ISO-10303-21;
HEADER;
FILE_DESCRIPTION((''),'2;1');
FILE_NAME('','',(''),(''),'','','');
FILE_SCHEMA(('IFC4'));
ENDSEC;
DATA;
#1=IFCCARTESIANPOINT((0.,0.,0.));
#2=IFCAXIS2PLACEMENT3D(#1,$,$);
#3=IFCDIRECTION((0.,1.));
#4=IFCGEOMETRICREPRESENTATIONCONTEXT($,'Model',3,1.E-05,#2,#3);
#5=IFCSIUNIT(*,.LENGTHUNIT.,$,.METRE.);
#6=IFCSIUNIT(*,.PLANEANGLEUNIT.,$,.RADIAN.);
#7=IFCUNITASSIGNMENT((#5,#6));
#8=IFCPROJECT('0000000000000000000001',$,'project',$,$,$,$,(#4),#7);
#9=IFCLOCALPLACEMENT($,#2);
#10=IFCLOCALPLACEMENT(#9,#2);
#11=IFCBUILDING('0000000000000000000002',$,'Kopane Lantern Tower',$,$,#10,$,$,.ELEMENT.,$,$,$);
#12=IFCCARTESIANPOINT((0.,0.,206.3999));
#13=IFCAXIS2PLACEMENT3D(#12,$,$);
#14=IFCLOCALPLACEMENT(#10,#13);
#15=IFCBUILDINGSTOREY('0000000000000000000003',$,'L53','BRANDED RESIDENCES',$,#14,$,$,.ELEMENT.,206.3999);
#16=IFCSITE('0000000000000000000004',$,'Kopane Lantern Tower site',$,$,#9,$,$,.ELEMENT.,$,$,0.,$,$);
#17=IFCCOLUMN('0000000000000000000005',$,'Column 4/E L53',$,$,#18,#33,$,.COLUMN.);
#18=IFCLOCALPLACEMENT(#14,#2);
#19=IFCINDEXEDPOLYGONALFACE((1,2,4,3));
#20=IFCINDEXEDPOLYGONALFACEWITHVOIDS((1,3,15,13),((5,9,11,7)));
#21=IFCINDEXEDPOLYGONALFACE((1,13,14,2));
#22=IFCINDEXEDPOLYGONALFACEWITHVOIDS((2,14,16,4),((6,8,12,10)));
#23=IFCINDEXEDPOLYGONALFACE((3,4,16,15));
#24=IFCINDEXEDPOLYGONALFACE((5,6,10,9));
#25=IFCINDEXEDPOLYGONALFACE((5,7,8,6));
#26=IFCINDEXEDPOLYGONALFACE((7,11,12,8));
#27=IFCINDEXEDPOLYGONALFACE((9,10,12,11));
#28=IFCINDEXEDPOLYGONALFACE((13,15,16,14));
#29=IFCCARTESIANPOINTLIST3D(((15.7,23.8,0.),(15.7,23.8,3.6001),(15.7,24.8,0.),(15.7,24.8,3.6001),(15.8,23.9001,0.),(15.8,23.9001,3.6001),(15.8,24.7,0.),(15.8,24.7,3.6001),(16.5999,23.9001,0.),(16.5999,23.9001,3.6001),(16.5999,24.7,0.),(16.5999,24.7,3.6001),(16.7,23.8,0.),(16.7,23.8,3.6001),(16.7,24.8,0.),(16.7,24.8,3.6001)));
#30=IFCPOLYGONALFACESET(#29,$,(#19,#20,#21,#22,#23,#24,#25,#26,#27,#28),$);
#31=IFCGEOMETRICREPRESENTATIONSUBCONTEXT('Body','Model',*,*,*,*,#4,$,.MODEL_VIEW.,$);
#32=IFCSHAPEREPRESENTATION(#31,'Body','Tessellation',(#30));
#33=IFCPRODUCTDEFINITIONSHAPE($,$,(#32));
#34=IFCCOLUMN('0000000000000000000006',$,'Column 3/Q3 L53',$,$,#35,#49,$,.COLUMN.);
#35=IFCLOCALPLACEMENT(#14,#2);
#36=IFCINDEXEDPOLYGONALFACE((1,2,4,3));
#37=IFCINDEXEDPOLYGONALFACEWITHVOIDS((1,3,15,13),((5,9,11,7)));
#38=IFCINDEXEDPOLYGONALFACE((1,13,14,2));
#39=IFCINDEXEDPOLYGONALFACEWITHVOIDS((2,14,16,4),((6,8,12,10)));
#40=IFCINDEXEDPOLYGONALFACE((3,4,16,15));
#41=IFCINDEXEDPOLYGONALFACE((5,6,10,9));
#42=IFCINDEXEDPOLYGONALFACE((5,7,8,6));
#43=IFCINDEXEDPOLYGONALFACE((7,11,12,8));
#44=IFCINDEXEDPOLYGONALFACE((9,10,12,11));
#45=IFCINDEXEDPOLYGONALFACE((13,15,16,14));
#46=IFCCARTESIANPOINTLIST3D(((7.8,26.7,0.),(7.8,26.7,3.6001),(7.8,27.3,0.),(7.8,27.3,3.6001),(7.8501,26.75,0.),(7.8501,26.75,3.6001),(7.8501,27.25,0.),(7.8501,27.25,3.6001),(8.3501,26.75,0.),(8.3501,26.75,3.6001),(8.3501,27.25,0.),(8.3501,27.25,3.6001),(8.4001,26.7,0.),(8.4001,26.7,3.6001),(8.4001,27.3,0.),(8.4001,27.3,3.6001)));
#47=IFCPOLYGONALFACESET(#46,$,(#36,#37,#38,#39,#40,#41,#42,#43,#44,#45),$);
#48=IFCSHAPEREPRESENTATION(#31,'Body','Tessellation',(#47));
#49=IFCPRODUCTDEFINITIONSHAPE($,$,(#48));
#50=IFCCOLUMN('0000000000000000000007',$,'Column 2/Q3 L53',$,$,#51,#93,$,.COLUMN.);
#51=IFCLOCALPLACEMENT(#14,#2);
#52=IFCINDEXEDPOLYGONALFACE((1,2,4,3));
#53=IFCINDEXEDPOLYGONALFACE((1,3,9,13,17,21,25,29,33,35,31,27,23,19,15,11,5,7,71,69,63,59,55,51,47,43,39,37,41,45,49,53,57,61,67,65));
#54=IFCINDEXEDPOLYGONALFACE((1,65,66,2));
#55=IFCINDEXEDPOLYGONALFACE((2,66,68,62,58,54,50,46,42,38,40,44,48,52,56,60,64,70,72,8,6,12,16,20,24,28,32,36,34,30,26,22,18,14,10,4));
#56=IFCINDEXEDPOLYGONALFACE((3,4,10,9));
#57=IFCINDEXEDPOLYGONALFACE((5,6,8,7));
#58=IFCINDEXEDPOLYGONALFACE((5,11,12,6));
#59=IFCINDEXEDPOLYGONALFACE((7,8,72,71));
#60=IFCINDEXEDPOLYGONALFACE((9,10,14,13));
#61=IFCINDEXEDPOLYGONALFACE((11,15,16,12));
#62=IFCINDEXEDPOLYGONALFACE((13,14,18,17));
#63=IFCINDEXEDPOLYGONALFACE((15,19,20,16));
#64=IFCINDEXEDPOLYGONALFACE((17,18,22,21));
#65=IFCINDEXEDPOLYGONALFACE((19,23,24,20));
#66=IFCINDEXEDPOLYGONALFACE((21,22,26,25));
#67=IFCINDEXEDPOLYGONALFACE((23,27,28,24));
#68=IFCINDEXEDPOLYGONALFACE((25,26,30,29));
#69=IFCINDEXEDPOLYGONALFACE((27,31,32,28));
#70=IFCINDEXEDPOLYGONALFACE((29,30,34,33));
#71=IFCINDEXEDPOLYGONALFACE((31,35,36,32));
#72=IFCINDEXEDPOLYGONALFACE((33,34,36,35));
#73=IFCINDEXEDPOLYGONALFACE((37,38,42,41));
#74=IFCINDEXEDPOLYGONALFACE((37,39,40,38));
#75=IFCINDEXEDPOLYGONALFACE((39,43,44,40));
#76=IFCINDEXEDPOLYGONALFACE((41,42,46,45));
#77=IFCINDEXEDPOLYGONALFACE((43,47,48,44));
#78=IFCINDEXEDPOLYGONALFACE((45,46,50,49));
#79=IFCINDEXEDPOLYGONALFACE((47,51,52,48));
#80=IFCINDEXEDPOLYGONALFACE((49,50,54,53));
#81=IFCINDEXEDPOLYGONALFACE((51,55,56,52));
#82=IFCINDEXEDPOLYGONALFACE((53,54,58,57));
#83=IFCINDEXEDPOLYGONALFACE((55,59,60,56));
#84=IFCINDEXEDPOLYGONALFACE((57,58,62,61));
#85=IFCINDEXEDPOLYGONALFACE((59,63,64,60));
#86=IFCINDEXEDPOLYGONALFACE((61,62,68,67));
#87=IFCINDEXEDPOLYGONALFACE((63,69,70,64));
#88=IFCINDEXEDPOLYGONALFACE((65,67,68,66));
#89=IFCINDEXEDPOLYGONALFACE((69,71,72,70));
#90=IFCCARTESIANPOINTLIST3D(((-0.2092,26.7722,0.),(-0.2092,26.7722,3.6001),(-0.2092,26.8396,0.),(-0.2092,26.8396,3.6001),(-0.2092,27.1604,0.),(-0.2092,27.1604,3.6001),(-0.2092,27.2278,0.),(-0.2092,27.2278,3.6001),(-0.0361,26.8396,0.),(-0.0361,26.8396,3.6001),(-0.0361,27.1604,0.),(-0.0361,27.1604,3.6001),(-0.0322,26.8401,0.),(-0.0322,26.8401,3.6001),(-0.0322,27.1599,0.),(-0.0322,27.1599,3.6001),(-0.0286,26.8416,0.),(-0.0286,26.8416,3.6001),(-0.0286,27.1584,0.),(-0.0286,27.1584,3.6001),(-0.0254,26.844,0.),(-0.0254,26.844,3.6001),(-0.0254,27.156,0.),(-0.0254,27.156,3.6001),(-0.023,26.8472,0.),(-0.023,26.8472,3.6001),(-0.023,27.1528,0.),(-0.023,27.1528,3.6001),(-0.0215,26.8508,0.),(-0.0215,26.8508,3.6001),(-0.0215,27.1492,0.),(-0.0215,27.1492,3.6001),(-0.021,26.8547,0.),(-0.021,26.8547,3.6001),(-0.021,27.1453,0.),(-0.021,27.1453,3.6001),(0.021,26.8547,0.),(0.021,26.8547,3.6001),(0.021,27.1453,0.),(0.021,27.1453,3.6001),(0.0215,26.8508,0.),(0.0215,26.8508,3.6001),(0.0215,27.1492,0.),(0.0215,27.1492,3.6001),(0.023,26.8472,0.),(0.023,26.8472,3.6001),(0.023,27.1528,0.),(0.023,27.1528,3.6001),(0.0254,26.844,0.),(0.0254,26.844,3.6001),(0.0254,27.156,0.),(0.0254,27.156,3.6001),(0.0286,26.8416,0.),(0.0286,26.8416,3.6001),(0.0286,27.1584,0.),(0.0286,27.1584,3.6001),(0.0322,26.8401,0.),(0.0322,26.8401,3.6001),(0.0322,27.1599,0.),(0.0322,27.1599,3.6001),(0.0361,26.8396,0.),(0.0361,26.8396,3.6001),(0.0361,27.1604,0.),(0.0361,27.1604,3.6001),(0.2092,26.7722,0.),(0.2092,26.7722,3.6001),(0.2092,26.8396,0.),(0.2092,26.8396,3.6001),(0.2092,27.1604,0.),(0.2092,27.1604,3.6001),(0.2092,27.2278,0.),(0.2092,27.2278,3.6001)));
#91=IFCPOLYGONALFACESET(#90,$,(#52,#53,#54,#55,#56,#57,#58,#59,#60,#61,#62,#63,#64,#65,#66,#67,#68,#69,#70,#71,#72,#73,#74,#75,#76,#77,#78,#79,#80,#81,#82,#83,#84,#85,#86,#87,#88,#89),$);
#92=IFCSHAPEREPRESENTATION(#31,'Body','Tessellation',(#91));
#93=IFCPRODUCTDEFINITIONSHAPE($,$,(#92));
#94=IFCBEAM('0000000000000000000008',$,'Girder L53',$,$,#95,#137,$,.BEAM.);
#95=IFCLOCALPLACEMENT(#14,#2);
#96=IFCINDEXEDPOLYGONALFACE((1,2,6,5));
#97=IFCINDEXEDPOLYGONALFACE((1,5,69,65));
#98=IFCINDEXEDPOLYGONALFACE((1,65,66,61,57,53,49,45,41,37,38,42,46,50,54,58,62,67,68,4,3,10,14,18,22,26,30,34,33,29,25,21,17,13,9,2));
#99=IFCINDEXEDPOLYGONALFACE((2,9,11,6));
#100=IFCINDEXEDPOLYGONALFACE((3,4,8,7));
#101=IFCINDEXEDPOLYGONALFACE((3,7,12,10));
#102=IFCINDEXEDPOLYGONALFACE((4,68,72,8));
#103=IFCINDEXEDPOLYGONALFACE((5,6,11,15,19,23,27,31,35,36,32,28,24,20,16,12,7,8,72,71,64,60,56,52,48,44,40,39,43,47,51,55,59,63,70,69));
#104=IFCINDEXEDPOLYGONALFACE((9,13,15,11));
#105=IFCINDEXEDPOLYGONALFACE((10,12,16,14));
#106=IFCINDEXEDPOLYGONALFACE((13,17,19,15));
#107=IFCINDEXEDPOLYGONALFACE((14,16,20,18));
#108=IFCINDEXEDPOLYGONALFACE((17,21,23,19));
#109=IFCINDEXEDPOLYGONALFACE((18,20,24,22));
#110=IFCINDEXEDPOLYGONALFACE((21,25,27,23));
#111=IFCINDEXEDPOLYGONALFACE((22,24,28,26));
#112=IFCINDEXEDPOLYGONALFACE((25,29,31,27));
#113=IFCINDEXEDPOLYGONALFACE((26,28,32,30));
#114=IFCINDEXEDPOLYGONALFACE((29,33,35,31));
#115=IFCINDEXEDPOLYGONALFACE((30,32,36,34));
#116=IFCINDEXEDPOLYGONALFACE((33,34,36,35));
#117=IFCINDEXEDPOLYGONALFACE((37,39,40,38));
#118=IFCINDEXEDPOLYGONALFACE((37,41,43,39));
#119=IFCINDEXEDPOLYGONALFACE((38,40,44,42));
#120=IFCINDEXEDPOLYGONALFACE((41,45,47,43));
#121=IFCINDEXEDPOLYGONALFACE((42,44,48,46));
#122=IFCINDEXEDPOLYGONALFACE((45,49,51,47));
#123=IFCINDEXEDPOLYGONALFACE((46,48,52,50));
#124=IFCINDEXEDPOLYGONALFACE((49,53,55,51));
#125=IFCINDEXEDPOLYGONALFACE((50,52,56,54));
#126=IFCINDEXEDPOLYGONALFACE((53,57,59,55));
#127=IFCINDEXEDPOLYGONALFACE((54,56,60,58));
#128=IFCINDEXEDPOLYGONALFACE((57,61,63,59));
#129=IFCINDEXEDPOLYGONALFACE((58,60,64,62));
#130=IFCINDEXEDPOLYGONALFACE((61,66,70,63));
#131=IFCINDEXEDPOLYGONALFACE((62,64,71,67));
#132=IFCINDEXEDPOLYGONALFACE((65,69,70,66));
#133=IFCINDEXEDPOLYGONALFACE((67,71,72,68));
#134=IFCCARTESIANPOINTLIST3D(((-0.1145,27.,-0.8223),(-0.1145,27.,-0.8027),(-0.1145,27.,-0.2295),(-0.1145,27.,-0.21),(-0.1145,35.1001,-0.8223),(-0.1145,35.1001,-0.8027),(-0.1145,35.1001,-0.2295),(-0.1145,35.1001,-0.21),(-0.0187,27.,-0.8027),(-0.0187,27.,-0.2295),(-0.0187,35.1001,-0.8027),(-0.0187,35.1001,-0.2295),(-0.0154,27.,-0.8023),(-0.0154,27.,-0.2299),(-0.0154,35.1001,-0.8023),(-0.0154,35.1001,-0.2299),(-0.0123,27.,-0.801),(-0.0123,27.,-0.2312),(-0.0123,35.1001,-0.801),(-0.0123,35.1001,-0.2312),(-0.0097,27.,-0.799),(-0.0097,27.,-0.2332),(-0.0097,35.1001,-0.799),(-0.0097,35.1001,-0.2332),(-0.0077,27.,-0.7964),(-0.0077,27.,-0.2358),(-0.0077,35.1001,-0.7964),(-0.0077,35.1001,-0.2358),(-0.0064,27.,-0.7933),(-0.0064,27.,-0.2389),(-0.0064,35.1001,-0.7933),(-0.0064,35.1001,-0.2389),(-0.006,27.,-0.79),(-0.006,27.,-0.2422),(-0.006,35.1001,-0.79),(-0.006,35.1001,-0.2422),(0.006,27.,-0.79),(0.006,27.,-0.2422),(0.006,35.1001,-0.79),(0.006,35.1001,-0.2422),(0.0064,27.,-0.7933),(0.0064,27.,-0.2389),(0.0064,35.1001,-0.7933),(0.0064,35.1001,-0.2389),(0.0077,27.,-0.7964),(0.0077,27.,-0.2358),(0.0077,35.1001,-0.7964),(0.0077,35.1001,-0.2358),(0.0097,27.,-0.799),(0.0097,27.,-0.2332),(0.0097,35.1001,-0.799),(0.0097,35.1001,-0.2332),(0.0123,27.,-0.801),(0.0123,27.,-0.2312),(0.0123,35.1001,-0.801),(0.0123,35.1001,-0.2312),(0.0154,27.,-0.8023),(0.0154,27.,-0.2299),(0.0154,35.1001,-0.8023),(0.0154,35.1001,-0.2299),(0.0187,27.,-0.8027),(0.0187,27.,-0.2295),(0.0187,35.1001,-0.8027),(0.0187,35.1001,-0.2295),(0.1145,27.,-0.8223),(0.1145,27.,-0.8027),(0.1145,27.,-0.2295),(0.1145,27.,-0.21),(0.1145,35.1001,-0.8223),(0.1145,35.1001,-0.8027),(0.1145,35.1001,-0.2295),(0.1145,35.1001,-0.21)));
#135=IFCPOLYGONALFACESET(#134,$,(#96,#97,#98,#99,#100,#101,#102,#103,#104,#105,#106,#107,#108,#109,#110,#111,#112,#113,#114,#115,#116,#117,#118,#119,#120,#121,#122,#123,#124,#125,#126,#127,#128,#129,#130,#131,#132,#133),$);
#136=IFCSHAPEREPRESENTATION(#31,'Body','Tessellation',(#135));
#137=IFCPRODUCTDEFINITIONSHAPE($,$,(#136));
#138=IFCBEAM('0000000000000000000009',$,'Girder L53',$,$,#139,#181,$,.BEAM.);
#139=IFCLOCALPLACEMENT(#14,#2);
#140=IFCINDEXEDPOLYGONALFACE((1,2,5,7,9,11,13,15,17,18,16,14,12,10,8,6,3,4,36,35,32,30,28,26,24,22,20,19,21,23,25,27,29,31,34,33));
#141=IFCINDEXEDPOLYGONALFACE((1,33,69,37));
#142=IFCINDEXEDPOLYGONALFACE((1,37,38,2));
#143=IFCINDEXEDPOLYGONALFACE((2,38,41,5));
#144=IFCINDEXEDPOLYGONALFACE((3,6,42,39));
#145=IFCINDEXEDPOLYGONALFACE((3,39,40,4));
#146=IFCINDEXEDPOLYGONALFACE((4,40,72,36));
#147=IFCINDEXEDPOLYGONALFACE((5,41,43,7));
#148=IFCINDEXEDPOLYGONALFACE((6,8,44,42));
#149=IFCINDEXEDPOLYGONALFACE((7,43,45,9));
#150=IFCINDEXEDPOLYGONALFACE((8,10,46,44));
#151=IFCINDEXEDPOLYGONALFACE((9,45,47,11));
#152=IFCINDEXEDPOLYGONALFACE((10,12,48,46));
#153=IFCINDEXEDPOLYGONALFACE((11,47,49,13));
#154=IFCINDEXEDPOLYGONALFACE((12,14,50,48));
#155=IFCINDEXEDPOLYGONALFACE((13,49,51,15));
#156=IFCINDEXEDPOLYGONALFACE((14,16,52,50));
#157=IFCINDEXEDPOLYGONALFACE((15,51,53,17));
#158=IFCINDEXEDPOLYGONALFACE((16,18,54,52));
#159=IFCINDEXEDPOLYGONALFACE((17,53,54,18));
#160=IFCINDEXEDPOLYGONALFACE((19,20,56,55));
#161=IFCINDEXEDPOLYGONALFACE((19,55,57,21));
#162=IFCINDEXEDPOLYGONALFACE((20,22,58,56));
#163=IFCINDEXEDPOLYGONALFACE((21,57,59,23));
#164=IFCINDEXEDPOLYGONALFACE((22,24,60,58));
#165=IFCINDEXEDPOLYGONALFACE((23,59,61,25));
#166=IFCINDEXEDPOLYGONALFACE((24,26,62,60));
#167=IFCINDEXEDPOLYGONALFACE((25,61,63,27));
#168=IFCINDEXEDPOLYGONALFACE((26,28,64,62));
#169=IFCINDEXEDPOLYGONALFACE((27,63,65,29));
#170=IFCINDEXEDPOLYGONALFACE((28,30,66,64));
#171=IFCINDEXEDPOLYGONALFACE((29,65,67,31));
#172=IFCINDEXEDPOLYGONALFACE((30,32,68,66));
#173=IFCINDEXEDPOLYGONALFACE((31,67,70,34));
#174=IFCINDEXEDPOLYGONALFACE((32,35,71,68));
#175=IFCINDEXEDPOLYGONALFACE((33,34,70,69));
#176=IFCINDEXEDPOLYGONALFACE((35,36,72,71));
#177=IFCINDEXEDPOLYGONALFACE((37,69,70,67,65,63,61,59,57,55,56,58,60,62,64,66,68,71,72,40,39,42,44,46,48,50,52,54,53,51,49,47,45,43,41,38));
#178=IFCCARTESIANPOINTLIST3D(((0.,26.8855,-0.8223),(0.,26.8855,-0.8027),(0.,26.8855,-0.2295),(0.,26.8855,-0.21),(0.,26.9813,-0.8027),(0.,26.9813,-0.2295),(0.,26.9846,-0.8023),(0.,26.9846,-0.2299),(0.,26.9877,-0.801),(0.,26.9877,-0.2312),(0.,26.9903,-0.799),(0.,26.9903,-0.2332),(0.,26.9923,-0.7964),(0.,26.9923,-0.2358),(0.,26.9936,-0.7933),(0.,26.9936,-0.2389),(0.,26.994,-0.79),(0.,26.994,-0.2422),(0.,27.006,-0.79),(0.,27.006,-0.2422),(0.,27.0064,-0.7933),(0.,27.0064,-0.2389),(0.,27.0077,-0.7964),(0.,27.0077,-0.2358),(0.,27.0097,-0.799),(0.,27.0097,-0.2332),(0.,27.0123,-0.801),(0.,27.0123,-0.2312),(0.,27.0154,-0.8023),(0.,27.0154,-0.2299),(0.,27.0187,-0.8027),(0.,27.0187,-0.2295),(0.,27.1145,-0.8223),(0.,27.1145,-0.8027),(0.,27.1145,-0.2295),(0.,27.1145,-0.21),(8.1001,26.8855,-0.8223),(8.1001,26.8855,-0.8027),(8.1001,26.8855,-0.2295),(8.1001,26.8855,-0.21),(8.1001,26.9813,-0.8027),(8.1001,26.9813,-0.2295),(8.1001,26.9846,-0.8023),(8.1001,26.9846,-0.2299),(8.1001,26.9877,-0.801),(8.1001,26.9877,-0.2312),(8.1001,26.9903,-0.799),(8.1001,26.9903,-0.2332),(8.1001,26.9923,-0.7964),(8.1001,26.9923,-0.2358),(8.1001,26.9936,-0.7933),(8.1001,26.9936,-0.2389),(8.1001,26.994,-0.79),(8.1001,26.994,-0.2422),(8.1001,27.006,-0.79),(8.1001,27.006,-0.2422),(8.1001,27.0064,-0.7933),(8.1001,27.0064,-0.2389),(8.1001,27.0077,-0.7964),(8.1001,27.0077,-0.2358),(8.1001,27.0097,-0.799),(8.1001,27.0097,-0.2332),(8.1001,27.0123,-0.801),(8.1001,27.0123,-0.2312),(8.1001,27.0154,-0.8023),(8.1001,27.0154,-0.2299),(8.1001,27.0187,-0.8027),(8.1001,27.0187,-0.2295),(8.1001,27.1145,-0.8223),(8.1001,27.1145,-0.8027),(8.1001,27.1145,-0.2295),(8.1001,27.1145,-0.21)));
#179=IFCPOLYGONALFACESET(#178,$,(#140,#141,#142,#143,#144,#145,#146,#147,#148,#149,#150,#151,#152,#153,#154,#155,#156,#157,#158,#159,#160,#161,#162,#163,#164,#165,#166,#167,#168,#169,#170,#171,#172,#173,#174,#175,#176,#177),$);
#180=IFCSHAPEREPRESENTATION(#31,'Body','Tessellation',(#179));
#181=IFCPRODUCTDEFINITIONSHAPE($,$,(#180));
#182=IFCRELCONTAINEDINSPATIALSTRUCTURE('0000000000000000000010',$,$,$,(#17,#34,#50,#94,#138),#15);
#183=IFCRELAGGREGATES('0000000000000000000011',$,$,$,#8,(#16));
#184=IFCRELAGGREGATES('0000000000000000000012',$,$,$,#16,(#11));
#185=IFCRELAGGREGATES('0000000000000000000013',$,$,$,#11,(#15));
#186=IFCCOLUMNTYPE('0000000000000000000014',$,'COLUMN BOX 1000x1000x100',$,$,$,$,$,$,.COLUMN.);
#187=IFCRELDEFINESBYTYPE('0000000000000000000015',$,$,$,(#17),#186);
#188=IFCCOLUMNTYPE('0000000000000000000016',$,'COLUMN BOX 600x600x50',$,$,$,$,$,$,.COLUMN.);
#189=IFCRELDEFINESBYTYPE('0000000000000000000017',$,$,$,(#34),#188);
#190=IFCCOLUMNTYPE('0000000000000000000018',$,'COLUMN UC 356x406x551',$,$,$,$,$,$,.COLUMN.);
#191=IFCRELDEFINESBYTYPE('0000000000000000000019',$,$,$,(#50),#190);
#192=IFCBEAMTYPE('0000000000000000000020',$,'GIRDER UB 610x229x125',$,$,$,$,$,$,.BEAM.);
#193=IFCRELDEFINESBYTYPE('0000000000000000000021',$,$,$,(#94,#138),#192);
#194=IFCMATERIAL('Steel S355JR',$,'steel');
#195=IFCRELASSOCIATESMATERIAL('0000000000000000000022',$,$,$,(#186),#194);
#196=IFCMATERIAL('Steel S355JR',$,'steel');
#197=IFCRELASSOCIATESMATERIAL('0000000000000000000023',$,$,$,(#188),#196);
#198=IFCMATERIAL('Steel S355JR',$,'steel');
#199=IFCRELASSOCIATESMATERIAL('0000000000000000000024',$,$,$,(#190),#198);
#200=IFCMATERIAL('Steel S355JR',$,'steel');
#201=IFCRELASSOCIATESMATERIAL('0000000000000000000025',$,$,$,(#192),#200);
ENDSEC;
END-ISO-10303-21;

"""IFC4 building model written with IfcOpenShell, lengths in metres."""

from ifc_helpers import new_model, si_unit, direction, frame, origin, origin_2d, place, context, subcontext, project, spatial, hollow_rectangle, i_section, extrude, material, material_profile, profile_set, type_object, element, save


model = new_model("IFC4")

# Units and contexts
model_context = context("Model", 3, precision=1e-05, world=origin(), true_north=direction((0.0, 1.0)))
body_context = subcontext(model_context, "Body", "Model", "MODEL_VIEW")
ifc_project = project(units=[si_unit("LENGTHUNIT", "METRE"), si_unit("PLANEANGLEUNIT", "RADIAN")], contexts=[model_context])

# Site, building, storey
site_placement = place(None, origin())
site = spatial("IfcSite", under=ifc_project, at=site_placement, Name="Kopane Lantern Tower site", CompositionType="ELEMENT", RefElevation=0.0)
building_placement = place(site_placement, origin())
building = spatial("IfcBuilding", under=site, at=building_placement, Name="Kopane Lantern Tower", CompositionType="ELEMENT")
storey_placement = place(building_placement, frame((0.0, 0.0, 206.3999)))
storey = spatial("IfcBuildingStorey", under=building, at=storey_placement, Name="L53", Description="BRANDED RESIDENCES", CompositionType="ELEMENT", Elevation=206.3999)

# Columns
ifc_material_1 = material(Name="Steel S355JR", Category="steel")
ifc_material_profile_1 = material_profile(ifc_material_1, hollow_rectangle(XDim=1.0, YDim=1.0, WallThickness=0.1001, at=origin_2d()), Name="BOX 1000x1000x100")
ifc_profile_set_1 = profile_set([ifc_material_profile_1], Name="Steel S355JR")
column_type_1 = type_object("IfcColumnType", Name="COLUMN BOX 1000x1000x100", PredefinedType="COLUMN", material=ifc_profile_set_1)
column_1_placement = place(storey_placement, frame((16.2, 24.3, 0.0), z_axis=(0.0, 0.0, 1.0), x_axis=(1.0, 0.0, 0.0)))
element("IfcColumn", 1, at=column_1_placement, inside=storey, type_object=column_type_1, Name="Column 4/E L53", PredefinedType="COLUMN", context=body_context, shape_type="SweptSolid", body=[
    extrude(hollow_rectangle(XDim=1.0, YDim=1.0, WallThickness=0.1001, at=origin_2d()), origin(), (0.0, 0.0, 1.0), 3.6001),
])
ifc_material_2 = material(Name="Steel S355JR", Category="steel")
ifc_material_profile_2 = material_profile(ifc_material_2, hollow_rectangle(XDim=0.6001, YDim=0.6001, WallThickness=0.05, at=origin_2d()), Name="BOX 600x600x50")
ifc_profile_set_2 = profile_set([ifc_material_profile_2], Name="Steel S355JR")
column_type_2 = type_object("IfcColumnType", Name="COLUMN BOX 600x600x50", PredefinedType="COLUMN", material=ifc_profile_set_2)
column_2_placement = place(storey_placement, frame((8.1001, 27.0, 0.0), z_axis=(0.0, 0.0, 1.0), x_axis=(1.0, 0.0, 0.0)))
element("IfcColumn", 2, at=column_2_placement, inside=storey, type_object=column_type_2, Name="Column 3/Q3 L53", PredefinedType="COLUMN", context=body_context, shape_type="SweptSolid", body=[
    extrude(hollow_rectangle(XDim=0.6001, YDim=0.6001, WallThickness=0.05, at=origin_2d()), origin(), (0.0, 0.0, 1.0), 3.6001),
])
ifc_material_3 = material(Name="Steel S355JR", Category="steel")
ifc_material_profile_3 = material_profile(ifc_material_3, i_section(OverallWidth=0.4185, OverallDepth=0.4556, WebThickness=0.042, FlangeThickness=0.0674, FilletRadius=0.0151, at=origin_2d()), Name="UC 356x406x551")
ifc_profile_set_3 = profile_set([ifc_material_profile_3], Name="Steel S355JR")
column_type_3 = type_object("IfcColumnType", Name="COLUMN UC 356x406x551", PredefinedType="COLUMN", material=ifc_profile_set_3)
column_3_placement = place(storey_placement, frame((0.0, 27.0, 0.0), z_axis=(0.0, 0.0, 1.0), x_axis=(1.0, 0.0, 0.0)))
element("IfcColumn", 3, at=column_3_placement, inside=storey, type_object=column_type_3, Name="Column 2/Q3 L53", PredefinedType="COLUMN", context=body_context, shape_type="SweptSolid", body=[
    extrude(i_section(OverallWidth=0.4185, OverallDepth=0.4556, WebThickness=0.042, FlangeThickness=0.0674, FilletRadius=0.0151, at=origin_2d()), origin(), (0.0, 0.0, 1.0), 3.6001),
])

# Beams
ifc_material_4 = material(Name="Steel S355JR", Category="steel")
ifc_material_profile_4 = material_profile(ifc_material_4, i_section(OverallWidth=0.229, OverallDepth=0.6123, WebThickness=0.012, FlangeThickness=0.0195, FilletRadius=0.0127, at=origin_2d()), Name="UB 610x229x125")
ifc_profile_set_4 = profile_set([ifc_material_profile_4], Name="Steel S355JR")
beam_type = type_object("IfcBeamType", Name="GIRDER UB 610x229x125", PredefinedType="BEAM", material=ifc_profile_set_4)
for number, where, z_axis, x_axis, name in (
    (4, (0.0, 27.0, -0.5161), (0.0, 1.0, 0.0), (-1.0, 0.0, 0.0), "Girder L53"),
    (5, (0.0, 27.0, -0.5161), (1.0, 0.0, 0.0), (0.0, 1.0, 0.0), "Girder L53"),
):
    element("IfcBeam", number, at=place(storey_placement, frame(where, z_axis=z_axis, x_axis=x_axis)), inside=storey, type_object=beam_type, Name=name, PredefinedType="BEAM", context=body_context, shape_type="SweptSolid", body=[
        extrude(i_section(OverallWidth=0.229, OverallDepth=0.6123, WebThickness=0.012, FlangeThickness=0.0195, FilletRadius=0.0127, at=origin_2d()), origin(), (0.0, 0.0, 1.0), 8.1001),
    ])

save(model, "model.ifc")
